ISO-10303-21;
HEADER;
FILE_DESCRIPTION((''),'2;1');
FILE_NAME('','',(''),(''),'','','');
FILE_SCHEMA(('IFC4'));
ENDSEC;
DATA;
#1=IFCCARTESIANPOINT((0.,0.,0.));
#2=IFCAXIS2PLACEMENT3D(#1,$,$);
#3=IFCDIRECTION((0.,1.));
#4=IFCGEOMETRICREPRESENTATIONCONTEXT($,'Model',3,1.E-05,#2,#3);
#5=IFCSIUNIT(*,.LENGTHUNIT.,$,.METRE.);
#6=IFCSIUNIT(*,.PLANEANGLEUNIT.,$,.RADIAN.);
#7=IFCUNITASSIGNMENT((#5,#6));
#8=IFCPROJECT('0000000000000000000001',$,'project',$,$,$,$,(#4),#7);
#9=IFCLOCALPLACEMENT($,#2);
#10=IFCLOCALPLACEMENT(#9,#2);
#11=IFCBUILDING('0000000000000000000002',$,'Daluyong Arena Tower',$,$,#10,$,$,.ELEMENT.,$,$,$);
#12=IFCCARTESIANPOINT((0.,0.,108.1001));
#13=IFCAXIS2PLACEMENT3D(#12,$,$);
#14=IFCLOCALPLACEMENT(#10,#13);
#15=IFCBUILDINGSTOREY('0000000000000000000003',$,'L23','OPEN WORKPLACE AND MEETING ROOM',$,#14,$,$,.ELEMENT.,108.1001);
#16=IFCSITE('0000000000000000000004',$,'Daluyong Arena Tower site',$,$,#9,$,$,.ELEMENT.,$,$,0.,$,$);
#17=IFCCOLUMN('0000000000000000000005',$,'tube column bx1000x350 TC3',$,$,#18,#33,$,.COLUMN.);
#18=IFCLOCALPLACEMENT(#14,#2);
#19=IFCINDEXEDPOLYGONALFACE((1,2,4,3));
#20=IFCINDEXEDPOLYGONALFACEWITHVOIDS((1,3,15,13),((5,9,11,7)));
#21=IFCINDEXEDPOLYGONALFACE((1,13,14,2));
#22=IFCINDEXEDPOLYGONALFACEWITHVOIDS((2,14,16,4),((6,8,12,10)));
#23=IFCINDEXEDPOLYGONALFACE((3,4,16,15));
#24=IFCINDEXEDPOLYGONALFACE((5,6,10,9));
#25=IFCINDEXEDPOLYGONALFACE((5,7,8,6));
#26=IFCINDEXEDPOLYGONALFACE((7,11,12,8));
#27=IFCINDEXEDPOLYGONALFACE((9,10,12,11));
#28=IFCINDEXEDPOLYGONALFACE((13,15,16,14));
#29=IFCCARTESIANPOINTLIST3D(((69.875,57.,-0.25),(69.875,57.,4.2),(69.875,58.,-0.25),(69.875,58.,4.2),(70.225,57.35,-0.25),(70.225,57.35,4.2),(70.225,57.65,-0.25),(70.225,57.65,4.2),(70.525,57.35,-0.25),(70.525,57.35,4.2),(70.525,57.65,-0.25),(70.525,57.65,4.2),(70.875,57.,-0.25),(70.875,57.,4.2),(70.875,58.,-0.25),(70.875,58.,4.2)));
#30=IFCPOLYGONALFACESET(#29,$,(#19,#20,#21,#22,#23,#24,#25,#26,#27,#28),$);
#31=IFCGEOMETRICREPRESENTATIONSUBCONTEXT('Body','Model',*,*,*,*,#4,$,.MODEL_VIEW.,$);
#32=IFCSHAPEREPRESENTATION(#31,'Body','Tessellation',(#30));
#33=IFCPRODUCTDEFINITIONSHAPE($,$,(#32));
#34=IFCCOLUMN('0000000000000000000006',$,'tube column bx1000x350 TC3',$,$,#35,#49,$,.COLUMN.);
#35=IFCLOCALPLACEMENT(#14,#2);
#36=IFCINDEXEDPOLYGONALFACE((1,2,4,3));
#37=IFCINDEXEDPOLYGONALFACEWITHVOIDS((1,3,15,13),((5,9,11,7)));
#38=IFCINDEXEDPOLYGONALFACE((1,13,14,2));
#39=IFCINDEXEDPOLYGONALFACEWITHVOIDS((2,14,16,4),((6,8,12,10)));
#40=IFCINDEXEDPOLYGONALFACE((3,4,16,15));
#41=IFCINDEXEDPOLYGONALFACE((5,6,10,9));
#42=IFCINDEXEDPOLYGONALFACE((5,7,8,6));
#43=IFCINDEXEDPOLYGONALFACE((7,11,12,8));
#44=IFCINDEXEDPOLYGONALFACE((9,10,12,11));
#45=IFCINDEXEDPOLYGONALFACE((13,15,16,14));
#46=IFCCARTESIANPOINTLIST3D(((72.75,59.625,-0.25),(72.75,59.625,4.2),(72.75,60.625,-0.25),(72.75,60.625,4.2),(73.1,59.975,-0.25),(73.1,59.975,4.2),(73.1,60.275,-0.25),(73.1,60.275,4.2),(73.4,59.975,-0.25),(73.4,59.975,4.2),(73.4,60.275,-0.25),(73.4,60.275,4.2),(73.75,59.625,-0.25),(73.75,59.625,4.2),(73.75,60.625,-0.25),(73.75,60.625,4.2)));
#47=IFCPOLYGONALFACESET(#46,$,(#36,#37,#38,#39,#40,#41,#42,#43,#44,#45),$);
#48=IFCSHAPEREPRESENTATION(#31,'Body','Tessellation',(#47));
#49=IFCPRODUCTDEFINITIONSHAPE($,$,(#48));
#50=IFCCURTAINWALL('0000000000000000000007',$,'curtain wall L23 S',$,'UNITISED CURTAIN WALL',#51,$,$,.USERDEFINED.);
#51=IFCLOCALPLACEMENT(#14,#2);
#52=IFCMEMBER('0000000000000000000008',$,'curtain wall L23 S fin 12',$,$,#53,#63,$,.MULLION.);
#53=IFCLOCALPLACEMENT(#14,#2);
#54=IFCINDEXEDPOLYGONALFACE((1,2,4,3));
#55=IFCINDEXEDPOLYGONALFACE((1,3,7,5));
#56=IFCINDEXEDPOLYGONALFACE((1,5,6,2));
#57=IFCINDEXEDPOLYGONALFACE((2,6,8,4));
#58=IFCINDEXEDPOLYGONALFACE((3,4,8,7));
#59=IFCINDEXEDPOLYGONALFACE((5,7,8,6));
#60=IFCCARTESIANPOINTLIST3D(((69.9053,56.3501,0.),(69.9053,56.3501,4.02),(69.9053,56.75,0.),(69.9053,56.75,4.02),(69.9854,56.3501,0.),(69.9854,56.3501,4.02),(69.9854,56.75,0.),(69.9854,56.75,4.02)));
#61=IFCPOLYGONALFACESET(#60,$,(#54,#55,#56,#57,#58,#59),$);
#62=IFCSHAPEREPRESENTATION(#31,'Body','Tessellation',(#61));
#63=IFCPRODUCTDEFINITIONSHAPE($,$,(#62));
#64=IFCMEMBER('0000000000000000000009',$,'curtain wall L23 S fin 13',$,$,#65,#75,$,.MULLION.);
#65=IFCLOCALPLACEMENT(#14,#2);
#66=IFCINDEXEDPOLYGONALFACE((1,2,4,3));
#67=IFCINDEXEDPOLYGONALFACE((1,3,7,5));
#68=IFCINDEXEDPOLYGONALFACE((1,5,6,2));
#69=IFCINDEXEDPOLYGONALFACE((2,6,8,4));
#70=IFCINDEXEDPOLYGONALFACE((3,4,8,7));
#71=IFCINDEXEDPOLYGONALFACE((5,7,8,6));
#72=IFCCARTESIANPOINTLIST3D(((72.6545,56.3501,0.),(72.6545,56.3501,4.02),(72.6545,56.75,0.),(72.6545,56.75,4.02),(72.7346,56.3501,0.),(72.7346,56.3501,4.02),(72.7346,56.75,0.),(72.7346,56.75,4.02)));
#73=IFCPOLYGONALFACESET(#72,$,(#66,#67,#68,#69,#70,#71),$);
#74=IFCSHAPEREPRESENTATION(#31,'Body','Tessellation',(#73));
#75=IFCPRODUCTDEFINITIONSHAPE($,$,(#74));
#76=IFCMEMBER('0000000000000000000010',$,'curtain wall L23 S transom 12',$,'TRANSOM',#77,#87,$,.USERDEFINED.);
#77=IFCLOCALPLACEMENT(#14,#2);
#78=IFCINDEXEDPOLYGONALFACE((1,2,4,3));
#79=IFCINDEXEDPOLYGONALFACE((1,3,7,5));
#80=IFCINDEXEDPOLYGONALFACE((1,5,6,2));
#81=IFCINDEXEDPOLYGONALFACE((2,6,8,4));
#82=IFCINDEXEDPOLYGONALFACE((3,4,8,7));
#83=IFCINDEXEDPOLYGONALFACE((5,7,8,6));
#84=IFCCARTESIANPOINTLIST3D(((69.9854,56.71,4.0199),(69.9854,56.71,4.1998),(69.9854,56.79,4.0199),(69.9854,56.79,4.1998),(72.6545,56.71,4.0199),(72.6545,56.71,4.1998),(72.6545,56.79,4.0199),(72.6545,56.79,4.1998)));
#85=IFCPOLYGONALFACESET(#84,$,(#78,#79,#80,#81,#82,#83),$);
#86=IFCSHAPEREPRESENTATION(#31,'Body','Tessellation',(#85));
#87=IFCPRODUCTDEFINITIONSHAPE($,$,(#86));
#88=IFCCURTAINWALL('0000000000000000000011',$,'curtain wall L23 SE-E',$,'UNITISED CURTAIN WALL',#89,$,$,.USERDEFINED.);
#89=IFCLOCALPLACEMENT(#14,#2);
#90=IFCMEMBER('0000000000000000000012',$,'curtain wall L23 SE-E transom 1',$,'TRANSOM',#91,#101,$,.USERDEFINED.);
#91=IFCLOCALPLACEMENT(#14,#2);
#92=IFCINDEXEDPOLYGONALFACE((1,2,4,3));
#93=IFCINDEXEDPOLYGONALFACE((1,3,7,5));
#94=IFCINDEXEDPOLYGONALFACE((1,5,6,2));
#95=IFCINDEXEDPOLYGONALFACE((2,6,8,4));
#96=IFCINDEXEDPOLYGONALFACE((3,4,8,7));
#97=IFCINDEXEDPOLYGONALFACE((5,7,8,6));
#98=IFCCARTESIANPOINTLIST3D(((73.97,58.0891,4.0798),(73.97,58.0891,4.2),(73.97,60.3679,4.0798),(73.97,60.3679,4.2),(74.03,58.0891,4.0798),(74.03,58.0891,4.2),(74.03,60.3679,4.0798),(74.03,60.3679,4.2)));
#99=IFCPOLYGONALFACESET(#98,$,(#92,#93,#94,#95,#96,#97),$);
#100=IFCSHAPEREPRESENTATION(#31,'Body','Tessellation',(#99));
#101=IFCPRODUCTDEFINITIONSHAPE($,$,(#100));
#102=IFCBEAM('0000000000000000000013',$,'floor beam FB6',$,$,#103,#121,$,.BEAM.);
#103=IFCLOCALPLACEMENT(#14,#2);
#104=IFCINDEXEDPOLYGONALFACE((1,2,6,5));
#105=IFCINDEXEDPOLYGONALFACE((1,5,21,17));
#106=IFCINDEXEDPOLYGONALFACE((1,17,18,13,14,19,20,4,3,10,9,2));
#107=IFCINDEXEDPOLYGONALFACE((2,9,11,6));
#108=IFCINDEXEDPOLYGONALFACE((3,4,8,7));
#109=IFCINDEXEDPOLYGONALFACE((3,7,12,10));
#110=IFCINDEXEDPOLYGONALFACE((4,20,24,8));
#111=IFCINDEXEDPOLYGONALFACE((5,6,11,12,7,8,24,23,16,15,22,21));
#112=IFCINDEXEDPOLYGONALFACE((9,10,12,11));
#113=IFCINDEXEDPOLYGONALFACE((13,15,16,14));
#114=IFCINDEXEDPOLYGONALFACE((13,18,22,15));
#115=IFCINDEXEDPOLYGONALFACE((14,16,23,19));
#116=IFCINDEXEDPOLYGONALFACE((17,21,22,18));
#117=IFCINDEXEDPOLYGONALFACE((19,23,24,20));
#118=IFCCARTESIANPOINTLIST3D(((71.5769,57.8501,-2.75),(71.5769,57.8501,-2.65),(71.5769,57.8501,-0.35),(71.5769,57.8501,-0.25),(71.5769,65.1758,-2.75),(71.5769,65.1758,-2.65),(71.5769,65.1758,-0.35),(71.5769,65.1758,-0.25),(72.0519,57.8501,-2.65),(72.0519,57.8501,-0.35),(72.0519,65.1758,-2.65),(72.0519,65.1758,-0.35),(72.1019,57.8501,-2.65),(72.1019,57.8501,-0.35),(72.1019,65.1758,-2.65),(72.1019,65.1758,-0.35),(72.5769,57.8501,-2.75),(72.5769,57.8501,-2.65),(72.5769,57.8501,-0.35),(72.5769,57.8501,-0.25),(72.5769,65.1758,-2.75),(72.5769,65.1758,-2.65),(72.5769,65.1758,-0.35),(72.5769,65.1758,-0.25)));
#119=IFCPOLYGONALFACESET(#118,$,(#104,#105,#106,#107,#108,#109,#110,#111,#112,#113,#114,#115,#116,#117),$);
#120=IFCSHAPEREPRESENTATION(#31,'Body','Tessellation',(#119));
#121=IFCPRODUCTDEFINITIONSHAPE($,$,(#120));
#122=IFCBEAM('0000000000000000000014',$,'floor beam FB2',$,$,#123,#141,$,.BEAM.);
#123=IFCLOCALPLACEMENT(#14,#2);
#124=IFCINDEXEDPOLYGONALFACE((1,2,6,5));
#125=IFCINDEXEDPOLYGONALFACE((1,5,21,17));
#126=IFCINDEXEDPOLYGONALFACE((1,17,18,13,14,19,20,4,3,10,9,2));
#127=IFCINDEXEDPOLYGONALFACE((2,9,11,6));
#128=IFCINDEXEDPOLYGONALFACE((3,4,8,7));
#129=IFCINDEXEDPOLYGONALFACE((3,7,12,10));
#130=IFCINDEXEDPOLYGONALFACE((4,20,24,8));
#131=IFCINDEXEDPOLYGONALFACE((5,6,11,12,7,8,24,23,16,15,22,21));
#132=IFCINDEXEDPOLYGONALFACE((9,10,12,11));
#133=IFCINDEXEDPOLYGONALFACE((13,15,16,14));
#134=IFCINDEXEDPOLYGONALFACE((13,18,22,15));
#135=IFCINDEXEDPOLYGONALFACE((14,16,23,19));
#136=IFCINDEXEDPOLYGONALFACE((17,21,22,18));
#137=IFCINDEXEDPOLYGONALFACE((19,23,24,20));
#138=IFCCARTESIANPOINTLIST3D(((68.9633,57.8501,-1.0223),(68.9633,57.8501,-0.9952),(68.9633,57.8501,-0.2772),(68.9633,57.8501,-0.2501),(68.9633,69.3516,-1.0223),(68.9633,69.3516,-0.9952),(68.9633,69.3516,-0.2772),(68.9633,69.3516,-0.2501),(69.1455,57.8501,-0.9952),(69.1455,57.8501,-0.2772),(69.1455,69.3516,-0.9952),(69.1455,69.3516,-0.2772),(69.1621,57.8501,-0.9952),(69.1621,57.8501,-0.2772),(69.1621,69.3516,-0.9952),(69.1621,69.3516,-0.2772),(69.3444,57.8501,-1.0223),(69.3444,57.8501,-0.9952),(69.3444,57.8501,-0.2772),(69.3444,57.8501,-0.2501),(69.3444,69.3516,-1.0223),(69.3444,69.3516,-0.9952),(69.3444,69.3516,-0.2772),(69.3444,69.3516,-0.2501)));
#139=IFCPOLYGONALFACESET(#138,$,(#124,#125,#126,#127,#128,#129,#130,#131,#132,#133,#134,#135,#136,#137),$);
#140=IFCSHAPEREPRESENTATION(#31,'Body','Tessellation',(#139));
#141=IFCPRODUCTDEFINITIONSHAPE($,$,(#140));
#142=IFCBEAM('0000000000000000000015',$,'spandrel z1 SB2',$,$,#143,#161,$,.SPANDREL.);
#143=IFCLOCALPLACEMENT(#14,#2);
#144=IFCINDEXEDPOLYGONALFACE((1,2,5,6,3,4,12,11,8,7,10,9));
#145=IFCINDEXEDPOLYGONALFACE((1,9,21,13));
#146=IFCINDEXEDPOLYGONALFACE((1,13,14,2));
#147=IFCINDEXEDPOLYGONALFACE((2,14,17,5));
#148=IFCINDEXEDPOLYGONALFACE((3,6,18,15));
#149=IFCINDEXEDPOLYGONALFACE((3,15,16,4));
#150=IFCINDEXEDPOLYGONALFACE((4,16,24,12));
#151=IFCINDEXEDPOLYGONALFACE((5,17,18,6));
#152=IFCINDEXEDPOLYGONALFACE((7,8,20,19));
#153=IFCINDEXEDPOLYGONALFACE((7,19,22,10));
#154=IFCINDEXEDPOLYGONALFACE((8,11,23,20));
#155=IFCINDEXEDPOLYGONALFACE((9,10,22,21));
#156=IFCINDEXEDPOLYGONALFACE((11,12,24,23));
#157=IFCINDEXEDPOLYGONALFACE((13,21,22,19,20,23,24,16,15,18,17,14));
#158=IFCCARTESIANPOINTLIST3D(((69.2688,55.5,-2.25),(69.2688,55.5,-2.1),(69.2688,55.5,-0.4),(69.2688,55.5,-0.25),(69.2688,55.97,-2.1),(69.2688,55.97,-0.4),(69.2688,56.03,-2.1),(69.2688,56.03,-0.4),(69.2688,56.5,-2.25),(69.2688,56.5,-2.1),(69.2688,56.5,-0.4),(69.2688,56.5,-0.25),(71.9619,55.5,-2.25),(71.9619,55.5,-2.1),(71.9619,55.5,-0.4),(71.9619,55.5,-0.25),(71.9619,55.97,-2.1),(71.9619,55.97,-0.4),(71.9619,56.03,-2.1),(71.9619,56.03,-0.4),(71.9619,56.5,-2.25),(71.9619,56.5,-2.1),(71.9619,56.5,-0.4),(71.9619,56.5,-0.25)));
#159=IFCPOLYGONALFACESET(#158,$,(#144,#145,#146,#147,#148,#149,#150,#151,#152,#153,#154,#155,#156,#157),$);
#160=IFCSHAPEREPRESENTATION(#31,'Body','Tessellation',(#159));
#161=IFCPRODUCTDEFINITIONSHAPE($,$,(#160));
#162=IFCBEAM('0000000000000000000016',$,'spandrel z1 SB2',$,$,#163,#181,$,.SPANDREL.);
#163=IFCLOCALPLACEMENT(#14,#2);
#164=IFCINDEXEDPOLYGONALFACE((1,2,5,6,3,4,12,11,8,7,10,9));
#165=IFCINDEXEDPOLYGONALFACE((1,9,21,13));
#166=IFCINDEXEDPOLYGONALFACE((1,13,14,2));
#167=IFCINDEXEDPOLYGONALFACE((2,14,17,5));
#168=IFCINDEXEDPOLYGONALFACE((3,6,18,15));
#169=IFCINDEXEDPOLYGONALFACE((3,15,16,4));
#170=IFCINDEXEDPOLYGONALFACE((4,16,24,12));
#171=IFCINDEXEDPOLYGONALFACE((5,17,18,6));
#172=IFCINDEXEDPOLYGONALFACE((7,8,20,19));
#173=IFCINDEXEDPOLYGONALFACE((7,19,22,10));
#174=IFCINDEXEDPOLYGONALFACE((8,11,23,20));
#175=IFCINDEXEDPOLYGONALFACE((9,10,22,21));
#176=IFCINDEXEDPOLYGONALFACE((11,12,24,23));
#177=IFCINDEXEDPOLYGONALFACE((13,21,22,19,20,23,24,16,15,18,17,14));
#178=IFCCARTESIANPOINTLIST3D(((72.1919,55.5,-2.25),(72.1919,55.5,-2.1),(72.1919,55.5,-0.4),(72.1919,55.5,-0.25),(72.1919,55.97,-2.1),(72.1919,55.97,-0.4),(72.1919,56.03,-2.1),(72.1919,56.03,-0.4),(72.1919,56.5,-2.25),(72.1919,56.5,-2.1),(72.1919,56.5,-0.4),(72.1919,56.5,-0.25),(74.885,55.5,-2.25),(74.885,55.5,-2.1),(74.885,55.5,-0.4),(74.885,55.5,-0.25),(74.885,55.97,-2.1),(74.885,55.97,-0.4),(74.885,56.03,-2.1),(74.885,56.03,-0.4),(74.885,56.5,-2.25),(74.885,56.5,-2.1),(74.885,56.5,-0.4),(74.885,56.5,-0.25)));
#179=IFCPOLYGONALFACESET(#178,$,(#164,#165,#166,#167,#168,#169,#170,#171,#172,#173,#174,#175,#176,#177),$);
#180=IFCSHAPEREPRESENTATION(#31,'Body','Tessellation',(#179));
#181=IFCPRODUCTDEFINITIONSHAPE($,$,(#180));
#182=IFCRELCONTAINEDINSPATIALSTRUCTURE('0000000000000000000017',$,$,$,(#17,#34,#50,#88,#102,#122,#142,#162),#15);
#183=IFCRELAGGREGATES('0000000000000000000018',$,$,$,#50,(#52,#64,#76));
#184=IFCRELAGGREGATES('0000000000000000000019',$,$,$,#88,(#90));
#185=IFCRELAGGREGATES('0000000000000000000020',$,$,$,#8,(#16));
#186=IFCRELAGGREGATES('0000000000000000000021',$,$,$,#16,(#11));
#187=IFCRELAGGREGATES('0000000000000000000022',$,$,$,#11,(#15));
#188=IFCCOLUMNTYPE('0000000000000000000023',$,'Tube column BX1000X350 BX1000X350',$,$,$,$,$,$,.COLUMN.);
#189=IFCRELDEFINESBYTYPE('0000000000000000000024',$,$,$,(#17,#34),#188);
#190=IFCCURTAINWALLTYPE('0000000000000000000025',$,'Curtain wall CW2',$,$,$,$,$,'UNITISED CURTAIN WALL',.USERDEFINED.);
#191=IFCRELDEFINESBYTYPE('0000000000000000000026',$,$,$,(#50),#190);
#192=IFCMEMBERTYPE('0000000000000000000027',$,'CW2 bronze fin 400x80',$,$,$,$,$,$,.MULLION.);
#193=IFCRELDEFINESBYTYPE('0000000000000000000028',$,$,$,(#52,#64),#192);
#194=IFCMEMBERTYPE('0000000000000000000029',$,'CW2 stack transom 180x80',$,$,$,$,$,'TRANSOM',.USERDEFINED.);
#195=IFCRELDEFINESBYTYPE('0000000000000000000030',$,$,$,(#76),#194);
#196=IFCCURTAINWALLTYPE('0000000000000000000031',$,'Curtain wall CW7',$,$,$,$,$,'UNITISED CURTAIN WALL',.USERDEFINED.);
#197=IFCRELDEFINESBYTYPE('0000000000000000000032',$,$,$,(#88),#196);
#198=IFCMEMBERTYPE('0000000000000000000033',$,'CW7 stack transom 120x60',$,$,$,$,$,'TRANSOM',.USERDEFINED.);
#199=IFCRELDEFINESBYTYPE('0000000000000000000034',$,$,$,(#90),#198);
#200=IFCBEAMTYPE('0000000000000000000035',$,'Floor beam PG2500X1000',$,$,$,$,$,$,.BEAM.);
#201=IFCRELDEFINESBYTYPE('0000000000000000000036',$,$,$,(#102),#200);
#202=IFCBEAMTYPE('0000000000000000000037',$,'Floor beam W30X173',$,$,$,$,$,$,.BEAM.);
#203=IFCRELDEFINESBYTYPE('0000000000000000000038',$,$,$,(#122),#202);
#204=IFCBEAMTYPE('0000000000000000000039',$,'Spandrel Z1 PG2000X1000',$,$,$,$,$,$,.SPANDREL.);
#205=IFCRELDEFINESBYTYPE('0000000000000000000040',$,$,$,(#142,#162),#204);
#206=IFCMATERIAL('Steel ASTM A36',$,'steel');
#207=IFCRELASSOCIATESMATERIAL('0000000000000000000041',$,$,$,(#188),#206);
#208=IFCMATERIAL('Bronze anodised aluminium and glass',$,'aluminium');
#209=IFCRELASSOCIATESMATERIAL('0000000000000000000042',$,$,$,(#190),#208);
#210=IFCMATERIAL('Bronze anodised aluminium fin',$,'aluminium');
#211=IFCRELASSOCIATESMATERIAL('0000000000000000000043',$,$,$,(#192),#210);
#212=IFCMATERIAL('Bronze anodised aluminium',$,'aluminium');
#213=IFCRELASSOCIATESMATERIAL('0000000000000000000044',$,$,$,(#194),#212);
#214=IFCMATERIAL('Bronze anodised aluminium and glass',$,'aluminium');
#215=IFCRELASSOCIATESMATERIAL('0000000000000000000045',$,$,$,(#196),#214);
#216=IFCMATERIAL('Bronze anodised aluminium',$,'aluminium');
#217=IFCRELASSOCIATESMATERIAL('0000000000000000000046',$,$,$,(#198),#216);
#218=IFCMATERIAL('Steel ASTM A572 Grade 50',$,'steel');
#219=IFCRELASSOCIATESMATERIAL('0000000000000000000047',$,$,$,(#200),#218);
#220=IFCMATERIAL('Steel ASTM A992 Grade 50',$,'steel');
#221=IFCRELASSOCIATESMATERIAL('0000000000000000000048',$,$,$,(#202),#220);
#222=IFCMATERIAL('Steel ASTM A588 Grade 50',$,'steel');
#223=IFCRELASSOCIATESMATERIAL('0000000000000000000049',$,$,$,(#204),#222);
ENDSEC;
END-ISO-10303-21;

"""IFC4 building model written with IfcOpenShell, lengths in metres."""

from ifc_helpers import new_model, si_unit, direction, frame, origin, origin_2d, place, context, subcontext, project, spatial, rectangle, hollow_rectangle, i_section, extrude, material, material_profile, profile_set, type_object, element, aggregate, save


model = new_model("IFC4")

# Units and contexts
model_context = context("Model", 3, precision=1e-05, world=origin(), true_north=direction((0.0, 1.0)))
body_context = subcontext(model_context, "Body", "Model", "MODEL_VIEW")
ifc_project = project(units=[si_unit("LENGTHUNIT", "METRE"), si_unit("PLANEANGLEUNIT", "RADIAN")], contexts=[model_context])

# Site, building, storey
site_placement = place(None, origin())
site = spatial("IfcSite", under=ifc_project, at=site_placement, Name="Daluyong Arena Tower site", CompositionType="ELEMENT", RefElevation=0.0)
building_placement = place(site_placement, origin())
building = spatial("IfcBuilding", under=site, at=building_placement, Name="Daluyong Arena Tower", CompositionType="ELEMENT")
storey_placement = place(building_placement, frame((0.0, 0.0, 108.1001)))
storey = spatial("IfcBuildingStorey", under=building, at=storey_placement, Name="L23", Description="OPEN WORKPLACE AND MEETING ROOM", CompositionType="ELEMENT", Elevation=108.1001)

# Columns
ifc_material_1 = material(Name="Steel ASTM A36", Category="steel")
ifc_material_profile_1 = material_profile(ifc_material_1, hollow_rectangle(XDim=1.0, YDim=1.0, WallThickness=0.35, at=origin_2d()))
ifc_profile_set_1 = profile_set([ifc_material_profile_1], Name="Steel ASTM A36")
column_type = type_object("IfcColumnType", Name="Tube column BX1000X350 BX1000X350", PredefinedType="COLUMN", material=ifc_profile_set_1)
for number, where, z_axis, x_axis, name in (
    (1, (70.375, 57.5, -0.25), (0.0, 0.0, 1.0), (1.0, 0.0, 0.0), "tube column bx1000x350 TC3"),
    (2, (73.25, 60.125, -0.25), (0.0, 0.0, 1.0), (0.0, 1.0, 0.0), "tube column bx1000x350 TC3"),
):
    element("IfcColumn", number, at=place(storey_placement, frame(where, z_axis=z_axis, x_axis=x_axis)), inside=storey, type_object=column_type, Name=name, PredefinedType="COLUMN", context=body_context, shape_type="SweptSolid", body=[
        extrude(hollow_rectangle(XDim=1.0, YDim=1.0, WallThickness=0.35, at=origin_2d()), origin(), (0.0, 0.0, 1.0), 4.45),
    ])

# Curtain wall, members
ifc_material_2 = material(Name="Bronze anodised aluminium and glass", Category="aluminium")
curtain_wall_type_1 = type_object("IfcCurtainWallType", Name="Curtain wall CW2", ElementType="UNITISED CURTAIN WALL", PredefinedType="USERDEFINED", material=ifc_material_2)
curtain_wall_1_placement = place(storey_placement, origin())
curtain_wall_1 = element("IfcCurtainWall", 3, at=curtain_wall_1_placement, inside=storey, type_object=curtain_wall_type_1, Name="curtain wall L23 S", ObjectType="UNITISED CURTAIN WALL", PredefinedType="USERDEFINED")
ifc_material_3 = material(Name="Bronze anodised aluminium fin", Category="aluminium")
ifc_material_profile_2 = material_profile(ifc_material_3, rectangle(XDim=0.3999, YDim=0.0801, at=origin_2d()))
ifc_profile_set_2 = profile_set([ifc_material_profile_2], Name="Bronze anodised aluminium fin")
member_type_1 = type_object("IfcMemberType", Name="CW2 bronze fin 400x80", PredefinedType="MULLION", material=ifc_profile_set_2)
member_1_placement = place(storey_placement, frame((69.9453, 56.55, 0.0), z_axis=(0.0, 0.0, 1.0), x_axis=(0.0, 1.0, 0.0)))
member_1 = element("IfcMember", 4, at=member_1_placement, type_object=member_type_1, Name="curtain wall L23 S fin 12", PredefinedType="MULLION", context=body_context, shape_type="SweptSolid", body=[
    extrude(rectangle(XDim=0.3999, YDim=0.0801, at=origin_2d()), origin(), (0.0, 0.0, 1.0), 4.02),
])
member_2_placement = place(storey_placement, frame((72.6946, 56.55, 0.0), z_axis=(0.0, 0.0, 1.0), x_axis=(0.0, 1.0, 0.0)))
member_2 = element("IfcMember", 5, at=member_2_placement, type_object=member_type_1, Name="curtain wall L23 S fin 13", PredefinedType="MULLION", context=body_context, shape_type="SweptSolid", body=[
    extrude(rectangle(XDim=0.3999, YDim=0.0801, at=origin_2d()), origin(), (0.0, 0.0, 1.0), 4.02),
])
ifc_material_4 = material(Name="Bronze anodised aluminium", Category="aluminium")
ifc_material_profile_3 = material_profile(ifc_material_4, rectangle(XDim=0.0801, YDim=0.1799, at=origin_2d()))
ifc_profile_set_3 = profile_set([ifc_material_profile_3], Name="Bronze anodised aluminium")
member_type_2 = type_object("IfcMemberType", Name="CW2 stack transom 180x80", ElementType="TRANSOM", PredefinedType="USERDEFINED", material=ifc_profile_set_3)
member_3_placement = place(storey_placement, frame((69.9854, 56.75, 4.1099), z_axis=(1.0, 0.0, 0.0), x_axis=(0.0, 1.0, 0.0)))
member_3 = element("IfcMember", 6, at=member_3_placement, type_object=member_type_2, Name="curtain wall L23 S transom 12", ObjectType="TRANSOM", PredefinedType="USERDEFINED", context=body_context, shape_type="SweptSolid", body=[
    extrude(rectangle(XDim=0.0801, YDim=0.1799, at=origin_2d()), origin(), (0.0, 0.0, 1.0), 2.6692),
])

# Curtain wall, member
ifc_material_5 = material(Name="Bronze anodised aluminium and glass", Category="aluminium")
curtain_wall_type_2 = type_object("IfcCurtainWallType", Name="Curtain wall CW7", ElementType="UNITISED CURTAIN WALL", PredefinedType="USERDEFINED", material=ifc_material_5)
curtain_wall_2_placement = place(storey_placement, origin())
curtain_wall_2 = element("IfcCurtainWall", 7, at=curtain_wall_2_placement, inside=storey, type_object=curtain_wall_type_2, Name="curtain wall L23 SE-E", ObjectType="UNITISED CURTAIN WALL", PredefinedType="USERDEFINED")
ifc_material_6 = material(Name="Bronze anodised aluminium", Category="aluminium")
ifc_material_profile_4 = material_profile(ifc_material_6, rectangle(XDim=0.0601, YDim=0.1201, at=origin_2d()))
ifc_profile_set_4 = profile_set([ifc_material_profile_4], Name="Bronze anodised aluminium")
member_type_3 = type_object("IfcMemberType", Name="CW7 stack transom 120x60", ElementType="TRANSOM", PredefinedType="USERDEFINED", material=ifc_profile_set_4)
member_4_placement = place(storey_placement, frame((74.0, 58.0891, 4.1399), z_axis=(0.0, 1.0, 0.0), x_axis=(-1.0, 0.0, 0.0)))
member_4 = element("IfcMember", 8, at=member_4_placement, type_object=member_type_3, Name="curtain wall L23 SE-E transom 1", ObjectType="TRANSOM", PredefinedType="USERDEFINED", context=body_context, shape_type="SweptSolid", body=[
    extrude(rectangle(XDim=0.0601, YDim=0.1201, at=origin_2d()), origin(), (0.0, 0.0, 1.0), 2.2788),
])

# Beams
ifc_material_7 = material(Name="Steel ASTM A572 Grade 50", Category="steel")
ifc_material_profile_5 = material_profile(ifc_material_7, i_section(OverallWidth=1.0, OverallDepth=2.5, WebThickness=0.05, FlangeThickness=0.1, at=origin_2d()))
ifc_profile_set_5 = profile_set([ifc_material_profile_5], Name="Steel ASTM A572 Grade 50")
beam_type_1 = type_object("IfcBeamType", Name="Floor beam PG2500X1000", PredefinedType="BEAM", material=ifc_profile_set_5)
beam_1_placement = place(storey_placement, frame((72.0769, 57.8501, -1.5), z_axis=(0.0, 1.0, 0.0), x_axis=(-1.0, 0.0, 0.0)))
element("IfcBeam", 9, at=beam_1_placement, inside=storey, type_object=beam_type_1, Name="floor beam FB6", PredefinedType="BEAM", context=body_context, shape_type="SweptSolid", body=[
    extrude(i_section(OverallWidth=1.0, OverallDepth=2.5, WebThickness=0.05, FlangeThickness=0.1, at=origin_2d()), origin(), (0.0, 0.0, 1.0), 7.3257),
])
ifc_material_8 = material(Name="Steel ASTM A992 Grade 50", Category="steel")
ifc_material_profile_6 = material_profile(ifc_material_8, i_section(OverallWidth=0.3811, OverallDepth=0.7722, WebThickness=0.0166, FlangeThickness=0.0271, at=origin_2d()))
ifc_profile_set_6 = profile_set([ifc_material_profile_6], Name="Steel ASTM A992 Grade 50")
beam_type_2 = type_object("IfcBeamType", Name="Floor beam W30X173", PredefinedType="BEAM", material=ifc_profile_set_6)
beam_2_placement = place(storey_placement, frame((69.1538, 57.8501, -0.6362), z_axis=(0.0, 1.0, 0.0), x_axis=(-1.0, 0.0, 0.0)))
element("IfcBeam", 10, at=beam_2_placement, inside=storey, type_object=beam_type_2, Name="floor beam FB2", PredefinedType="BEAM", context=body_context, shape_type="SweptSolid", body=[
    extrude(i_section(OverallWidth=0.3811, OverallDepth=0.7722, WebThickness=0.0166, FlangeThickness=0.0271, at=origin_2d()), origin(), (0.0, 0.0, 1.0), 11.5015),
])
ifc_material_9 = material(Name="Steel ASTM A588 Grade 50", Category="steel")
ifc_material_profile_7 = material_profile(ifc_material_9, i_section(OverallWidth=1.0, OverallDepth=2.0, WebThickness=0.06, FlangeThickness=0.15, at=origin_2d()))
ifc_profile_set_7 = profile_set([ifc_material_profile_7], Name="Steel ASTM A588 Grade 50")
beam_type_3 = type_object("IfcBeamType", Name="Spandrel Z1 PG2000X1000", PredefinedType="SPANDREL", material=ifc_profile_set_7)
for number, where, z_axis, x_axis, name in (
    (11, (69.2688, 56.0, -1.25), (1.0, 0.0, 0.0), (0.0, 1.0, 0.0), "spandrel z1 SB2"),
    (12, (72.1919, 56.0, -1.25), (1.0, 0.0, 0.0), (0.0, 1.0, 0.0), "spandrel z1 SB2"),
):
    element("IfcBeam", number, at=place(storey_placement, frame(where, z_axis=z_axis, x_axis=x_axis)), inside=storey, type_object=beam_type_3, Name=name, PredefinedType="SPANDREL", context=body_context, shape_type="SweptSolid", body=[
        extrude(i_section(OverallWidth=1.0, OverallDepth=2.0, WebThickness=0.06, FlangeThickness=0.15, at=origin_2d()), origin(), (0.0, 0.0, 1.0), 2.6931),
    ])

aggregate(curtain_wall_1, [member_1, member_2, member_3])
aggregate(curtain_wall_2, [member_4])

save(model, "model.ifc")
